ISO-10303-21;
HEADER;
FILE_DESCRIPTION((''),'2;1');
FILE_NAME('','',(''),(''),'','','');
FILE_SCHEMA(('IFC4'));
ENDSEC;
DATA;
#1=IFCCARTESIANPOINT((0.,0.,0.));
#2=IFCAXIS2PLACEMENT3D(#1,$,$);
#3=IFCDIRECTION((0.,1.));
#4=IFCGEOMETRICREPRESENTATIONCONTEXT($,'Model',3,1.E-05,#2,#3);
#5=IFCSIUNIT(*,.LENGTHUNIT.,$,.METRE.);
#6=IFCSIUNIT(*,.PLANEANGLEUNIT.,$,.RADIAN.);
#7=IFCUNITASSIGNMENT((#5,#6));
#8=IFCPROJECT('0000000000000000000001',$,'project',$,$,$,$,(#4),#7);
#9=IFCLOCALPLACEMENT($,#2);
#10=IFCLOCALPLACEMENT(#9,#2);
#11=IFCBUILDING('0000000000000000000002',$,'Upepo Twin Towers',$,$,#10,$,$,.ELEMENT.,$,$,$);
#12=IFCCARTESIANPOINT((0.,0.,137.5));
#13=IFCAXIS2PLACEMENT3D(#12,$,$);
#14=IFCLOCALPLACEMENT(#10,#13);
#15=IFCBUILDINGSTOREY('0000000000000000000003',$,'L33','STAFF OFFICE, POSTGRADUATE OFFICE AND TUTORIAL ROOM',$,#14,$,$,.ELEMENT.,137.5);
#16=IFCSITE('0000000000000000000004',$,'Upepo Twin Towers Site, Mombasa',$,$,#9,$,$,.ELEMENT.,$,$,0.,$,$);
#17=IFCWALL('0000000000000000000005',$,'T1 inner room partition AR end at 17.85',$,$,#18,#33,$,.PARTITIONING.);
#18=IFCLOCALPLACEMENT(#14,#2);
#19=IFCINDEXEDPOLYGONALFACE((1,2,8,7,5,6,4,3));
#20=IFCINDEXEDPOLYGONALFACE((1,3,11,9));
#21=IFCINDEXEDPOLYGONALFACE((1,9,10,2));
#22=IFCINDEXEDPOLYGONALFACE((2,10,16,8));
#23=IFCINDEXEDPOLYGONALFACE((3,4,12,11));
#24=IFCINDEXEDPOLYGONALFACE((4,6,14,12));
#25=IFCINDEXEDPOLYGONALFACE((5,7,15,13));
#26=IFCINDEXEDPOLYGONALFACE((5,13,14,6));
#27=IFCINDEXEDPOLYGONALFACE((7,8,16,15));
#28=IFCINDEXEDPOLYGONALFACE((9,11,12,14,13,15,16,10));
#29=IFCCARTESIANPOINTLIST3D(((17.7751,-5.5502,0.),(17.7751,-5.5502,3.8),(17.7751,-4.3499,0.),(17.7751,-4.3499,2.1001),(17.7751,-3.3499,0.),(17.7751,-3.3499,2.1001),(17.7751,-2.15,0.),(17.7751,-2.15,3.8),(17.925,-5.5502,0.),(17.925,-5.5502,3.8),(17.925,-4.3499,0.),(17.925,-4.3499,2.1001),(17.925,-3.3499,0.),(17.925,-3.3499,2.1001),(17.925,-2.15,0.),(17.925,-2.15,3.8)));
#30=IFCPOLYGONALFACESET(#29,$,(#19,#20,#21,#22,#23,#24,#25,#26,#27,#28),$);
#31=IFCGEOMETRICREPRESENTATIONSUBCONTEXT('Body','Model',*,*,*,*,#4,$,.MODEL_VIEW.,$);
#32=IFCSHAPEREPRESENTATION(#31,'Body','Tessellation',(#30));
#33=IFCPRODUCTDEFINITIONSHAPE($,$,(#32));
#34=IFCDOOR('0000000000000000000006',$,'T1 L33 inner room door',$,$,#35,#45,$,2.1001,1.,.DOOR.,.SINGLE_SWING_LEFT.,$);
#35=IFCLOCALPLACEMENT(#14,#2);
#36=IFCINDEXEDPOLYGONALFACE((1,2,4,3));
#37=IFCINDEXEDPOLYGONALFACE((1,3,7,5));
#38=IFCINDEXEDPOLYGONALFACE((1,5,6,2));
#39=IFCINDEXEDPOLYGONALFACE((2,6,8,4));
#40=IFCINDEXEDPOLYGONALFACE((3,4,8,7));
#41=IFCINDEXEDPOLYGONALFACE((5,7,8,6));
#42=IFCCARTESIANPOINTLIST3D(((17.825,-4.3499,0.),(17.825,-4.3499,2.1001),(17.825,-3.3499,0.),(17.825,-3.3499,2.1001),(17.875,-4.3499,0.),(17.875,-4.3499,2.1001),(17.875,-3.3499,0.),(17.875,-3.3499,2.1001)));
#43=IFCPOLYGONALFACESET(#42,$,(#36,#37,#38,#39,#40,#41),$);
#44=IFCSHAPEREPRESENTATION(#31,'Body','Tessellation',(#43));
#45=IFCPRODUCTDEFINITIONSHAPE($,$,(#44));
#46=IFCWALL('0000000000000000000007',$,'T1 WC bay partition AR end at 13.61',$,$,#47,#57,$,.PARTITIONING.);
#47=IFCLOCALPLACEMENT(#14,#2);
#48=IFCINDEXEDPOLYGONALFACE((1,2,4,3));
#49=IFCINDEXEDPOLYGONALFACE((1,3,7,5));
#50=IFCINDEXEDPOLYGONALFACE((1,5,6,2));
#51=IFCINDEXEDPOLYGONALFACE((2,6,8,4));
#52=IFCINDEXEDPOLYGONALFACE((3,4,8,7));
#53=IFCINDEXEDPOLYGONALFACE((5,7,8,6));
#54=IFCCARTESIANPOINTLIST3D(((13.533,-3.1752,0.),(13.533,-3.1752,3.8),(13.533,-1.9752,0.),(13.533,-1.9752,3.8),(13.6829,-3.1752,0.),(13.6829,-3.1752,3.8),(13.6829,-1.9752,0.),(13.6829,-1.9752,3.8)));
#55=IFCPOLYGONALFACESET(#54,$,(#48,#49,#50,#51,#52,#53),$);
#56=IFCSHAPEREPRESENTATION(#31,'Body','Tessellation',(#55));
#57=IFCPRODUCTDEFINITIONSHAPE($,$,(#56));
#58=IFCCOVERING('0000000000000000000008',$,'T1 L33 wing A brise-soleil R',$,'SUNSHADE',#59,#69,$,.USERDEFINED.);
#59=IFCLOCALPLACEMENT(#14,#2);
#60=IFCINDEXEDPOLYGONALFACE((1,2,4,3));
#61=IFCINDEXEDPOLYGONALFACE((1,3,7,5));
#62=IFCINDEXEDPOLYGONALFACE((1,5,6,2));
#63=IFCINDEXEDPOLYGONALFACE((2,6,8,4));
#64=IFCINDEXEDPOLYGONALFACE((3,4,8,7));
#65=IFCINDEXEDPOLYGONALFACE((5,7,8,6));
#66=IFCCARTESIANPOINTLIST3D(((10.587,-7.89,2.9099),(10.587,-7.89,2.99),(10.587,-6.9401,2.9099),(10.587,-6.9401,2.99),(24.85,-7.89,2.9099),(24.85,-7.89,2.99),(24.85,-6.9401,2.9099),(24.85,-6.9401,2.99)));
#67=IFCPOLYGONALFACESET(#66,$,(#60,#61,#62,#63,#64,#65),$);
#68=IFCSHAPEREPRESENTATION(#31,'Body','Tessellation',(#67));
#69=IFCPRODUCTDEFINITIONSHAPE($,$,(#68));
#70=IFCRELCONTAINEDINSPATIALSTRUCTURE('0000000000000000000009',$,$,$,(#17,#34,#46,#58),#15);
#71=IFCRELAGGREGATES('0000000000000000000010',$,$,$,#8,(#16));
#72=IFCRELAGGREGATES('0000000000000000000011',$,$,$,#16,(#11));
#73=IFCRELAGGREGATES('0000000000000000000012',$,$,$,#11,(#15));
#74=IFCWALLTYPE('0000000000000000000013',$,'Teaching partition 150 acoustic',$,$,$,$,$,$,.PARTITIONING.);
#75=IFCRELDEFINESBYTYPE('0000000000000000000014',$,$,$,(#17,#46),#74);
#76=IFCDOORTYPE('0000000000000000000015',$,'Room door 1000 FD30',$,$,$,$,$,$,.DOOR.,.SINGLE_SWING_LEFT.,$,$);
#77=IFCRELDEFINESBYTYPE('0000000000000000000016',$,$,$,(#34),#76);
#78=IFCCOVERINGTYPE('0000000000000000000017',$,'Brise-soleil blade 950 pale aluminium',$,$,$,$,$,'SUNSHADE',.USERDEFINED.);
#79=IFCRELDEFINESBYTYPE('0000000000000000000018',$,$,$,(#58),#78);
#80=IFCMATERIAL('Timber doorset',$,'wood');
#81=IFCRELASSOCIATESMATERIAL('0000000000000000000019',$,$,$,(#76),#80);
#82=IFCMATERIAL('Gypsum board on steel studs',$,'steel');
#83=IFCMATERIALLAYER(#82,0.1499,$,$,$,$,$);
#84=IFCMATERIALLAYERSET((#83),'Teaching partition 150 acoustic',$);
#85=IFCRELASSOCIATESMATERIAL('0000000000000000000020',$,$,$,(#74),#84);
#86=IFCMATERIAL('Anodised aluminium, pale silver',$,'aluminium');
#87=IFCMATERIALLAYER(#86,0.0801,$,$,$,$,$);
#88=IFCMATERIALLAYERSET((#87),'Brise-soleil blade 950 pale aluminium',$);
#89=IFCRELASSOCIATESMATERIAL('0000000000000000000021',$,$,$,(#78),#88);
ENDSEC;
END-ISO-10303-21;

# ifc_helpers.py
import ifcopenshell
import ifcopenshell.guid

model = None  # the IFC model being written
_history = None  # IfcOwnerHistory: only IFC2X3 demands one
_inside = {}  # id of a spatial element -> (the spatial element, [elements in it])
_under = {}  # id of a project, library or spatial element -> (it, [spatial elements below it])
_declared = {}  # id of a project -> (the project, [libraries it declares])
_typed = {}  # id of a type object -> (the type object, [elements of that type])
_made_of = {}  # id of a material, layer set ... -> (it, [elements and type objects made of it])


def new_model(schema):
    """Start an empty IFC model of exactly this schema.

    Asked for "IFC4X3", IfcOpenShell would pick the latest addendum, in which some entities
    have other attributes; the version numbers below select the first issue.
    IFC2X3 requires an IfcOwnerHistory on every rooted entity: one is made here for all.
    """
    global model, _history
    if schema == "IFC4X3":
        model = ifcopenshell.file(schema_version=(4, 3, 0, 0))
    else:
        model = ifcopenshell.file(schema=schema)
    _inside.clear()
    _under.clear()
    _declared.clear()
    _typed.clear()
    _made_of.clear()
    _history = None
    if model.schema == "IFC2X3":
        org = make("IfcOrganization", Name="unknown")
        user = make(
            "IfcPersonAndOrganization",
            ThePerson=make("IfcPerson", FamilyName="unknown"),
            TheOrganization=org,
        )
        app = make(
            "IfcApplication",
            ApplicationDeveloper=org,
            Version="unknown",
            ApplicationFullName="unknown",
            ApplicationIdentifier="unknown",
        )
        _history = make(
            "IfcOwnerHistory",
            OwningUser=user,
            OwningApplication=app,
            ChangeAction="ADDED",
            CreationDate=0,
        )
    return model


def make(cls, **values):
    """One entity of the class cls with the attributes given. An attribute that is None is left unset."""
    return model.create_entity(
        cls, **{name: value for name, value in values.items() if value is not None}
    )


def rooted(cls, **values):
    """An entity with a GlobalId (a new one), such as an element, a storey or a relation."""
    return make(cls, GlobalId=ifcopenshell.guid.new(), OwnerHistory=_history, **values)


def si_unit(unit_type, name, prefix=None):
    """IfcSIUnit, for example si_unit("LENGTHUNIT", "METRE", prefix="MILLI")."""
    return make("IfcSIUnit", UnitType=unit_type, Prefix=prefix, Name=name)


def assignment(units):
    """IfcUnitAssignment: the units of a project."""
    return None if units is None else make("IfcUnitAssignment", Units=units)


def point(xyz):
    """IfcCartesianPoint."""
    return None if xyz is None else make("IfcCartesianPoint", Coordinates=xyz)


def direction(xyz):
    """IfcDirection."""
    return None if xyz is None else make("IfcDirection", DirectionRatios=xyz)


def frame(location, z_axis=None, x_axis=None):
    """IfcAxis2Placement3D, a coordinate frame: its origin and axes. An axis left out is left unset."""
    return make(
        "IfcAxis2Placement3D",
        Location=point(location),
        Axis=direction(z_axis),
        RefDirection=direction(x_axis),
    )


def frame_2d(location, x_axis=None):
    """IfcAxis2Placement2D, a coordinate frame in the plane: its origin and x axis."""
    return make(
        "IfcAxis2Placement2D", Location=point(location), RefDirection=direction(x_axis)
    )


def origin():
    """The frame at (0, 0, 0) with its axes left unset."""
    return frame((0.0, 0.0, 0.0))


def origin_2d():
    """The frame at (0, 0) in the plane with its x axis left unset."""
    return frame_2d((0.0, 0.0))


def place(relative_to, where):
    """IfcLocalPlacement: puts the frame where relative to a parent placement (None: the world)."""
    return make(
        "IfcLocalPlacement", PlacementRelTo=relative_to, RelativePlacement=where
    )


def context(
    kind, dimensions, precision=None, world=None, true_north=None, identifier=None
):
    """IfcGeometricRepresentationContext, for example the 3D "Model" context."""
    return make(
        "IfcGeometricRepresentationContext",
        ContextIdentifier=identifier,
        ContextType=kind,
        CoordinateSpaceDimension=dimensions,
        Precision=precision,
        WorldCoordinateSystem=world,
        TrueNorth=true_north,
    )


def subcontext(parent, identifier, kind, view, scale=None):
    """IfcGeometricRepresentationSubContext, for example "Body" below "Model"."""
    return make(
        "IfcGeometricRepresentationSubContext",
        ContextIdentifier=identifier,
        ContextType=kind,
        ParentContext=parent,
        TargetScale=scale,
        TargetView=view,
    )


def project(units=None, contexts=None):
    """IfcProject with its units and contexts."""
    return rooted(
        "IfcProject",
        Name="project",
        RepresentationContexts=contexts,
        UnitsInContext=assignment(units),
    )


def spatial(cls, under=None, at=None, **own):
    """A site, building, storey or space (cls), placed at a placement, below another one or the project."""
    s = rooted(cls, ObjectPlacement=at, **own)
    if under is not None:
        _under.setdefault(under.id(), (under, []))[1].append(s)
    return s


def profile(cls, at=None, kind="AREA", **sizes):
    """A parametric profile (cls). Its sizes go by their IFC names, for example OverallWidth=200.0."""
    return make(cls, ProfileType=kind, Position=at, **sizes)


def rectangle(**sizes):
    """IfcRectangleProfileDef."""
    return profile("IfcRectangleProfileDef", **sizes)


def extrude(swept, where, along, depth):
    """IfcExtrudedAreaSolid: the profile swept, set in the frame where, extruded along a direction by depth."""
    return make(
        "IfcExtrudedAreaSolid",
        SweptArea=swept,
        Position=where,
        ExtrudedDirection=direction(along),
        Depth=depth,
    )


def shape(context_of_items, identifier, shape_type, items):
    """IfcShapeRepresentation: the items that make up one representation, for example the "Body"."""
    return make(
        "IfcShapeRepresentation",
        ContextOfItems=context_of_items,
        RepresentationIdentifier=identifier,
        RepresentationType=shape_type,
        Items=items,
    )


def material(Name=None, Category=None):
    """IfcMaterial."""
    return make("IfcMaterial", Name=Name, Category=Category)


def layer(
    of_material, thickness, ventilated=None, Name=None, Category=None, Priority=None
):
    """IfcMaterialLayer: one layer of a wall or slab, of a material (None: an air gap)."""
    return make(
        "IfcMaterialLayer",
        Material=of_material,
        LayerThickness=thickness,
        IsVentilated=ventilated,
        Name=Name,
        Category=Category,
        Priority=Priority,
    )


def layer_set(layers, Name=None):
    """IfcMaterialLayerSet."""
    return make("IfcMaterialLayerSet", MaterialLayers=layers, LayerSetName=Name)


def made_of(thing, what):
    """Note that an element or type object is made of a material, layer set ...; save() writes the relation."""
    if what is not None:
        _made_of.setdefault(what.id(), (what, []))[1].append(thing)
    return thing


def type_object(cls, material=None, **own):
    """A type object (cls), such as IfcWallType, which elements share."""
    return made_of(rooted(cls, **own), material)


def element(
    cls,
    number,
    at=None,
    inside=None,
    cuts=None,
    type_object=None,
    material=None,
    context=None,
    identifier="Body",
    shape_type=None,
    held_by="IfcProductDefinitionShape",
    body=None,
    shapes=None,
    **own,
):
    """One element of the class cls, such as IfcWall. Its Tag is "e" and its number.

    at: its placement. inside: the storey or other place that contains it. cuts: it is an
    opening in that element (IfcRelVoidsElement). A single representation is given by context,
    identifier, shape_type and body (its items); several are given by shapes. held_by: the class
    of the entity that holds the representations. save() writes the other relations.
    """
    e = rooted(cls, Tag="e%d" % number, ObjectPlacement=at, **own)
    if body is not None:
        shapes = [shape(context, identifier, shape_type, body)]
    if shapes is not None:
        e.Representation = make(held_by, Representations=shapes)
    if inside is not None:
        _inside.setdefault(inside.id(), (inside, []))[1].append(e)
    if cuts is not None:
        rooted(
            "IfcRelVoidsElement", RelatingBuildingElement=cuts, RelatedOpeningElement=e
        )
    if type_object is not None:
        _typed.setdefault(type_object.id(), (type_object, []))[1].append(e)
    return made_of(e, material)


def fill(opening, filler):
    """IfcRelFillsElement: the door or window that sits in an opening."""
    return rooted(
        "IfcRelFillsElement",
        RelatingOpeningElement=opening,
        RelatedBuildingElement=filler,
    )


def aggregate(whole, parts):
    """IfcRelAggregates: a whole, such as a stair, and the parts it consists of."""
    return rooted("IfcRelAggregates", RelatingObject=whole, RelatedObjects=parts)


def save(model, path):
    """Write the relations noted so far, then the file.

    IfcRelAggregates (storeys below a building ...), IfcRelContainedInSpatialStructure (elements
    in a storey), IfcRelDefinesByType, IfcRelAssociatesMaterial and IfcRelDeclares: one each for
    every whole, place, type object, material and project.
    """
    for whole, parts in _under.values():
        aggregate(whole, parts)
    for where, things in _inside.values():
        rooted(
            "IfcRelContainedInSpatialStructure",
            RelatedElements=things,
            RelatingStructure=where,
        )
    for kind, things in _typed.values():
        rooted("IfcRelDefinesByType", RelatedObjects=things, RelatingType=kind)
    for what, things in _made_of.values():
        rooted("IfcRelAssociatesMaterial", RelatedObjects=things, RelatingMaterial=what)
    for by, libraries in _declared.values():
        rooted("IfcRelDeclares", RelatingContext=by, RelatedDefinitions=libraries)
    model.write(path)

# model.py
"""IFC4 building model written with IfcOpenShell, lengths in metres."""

from ifc_helpers import new_model, si_unit, direction, frame, frame_2d, origin, origin_2d, place, context, subcontext, project, spatial, rectangle, extrude, material, layer, layer_set, type_object, element, fill, save


model = new_model("IFC4")

# Units and contexts
model_context = context("Model", 3, precision=1e-05, world=origin(), true_north=direction((0.0, 1.0)))
body_context = subcontext(model_context, "Body", "Model", "MODEL_VIEW")
ifc_project = project(units=[si_unit("LENGTHUNIT", "METRE"), si_unit("PLANEANGLEUNIT", "RADIAN")], contexts=[model_context])

# Site, building, storey
site_placement = place(None, origin())
site = spatial("IfcSite", under=ifc_project, at=site_placement, Name="Upepo Twin Towers Site, Mombasa", CompositionType="ELEMENT", RefElevation=0.0)
building_placement = place(site_placement, origin())
building = spatial("IfcBuilding", under=site, at=building_placement, Name="Upepo Twin Towers", CompositionType="ELEMENT")
storey_placement = place(building_placement, frame((0.0, 0.0, 137.5)))
storey = spatial("IfcBuildingStorey", under=building, at=storey_placement, Name="L33", Description="STAFF OFFICE, POSTGRADUATE OFFICE AND TUTORIAL ROOM", CompositionType="ELEMENT", Elevation=137.5)

# Shared definitions
ifc_material_1 = material(Name="Timber doorset", Category="wood")
door_type_1 = type_object("IfcDoorType", Name="Room door 1000 FD30", OperationType="SINGLE_SWING_LEFT", PredefinedType="DOOR", material=ifc_material_1)

# Shared definitions
ifc_material_2 = material(Name="Gypsum board on steel studs", Category="steel")
ifc_layer_1 = layer(ifc_material_2, 0.1499)
ifc_layer_set_1 = layer_set([ifc_layer_1], Name="Teaching partition 150 acoustic")
wall_type_1 = type_object("IfcWallType", Name="Teaching partition 150 acoustic", PredefinedType="PARTITIONING", material=ifc_layer_set_1)

# Wall, opening, door
wall_1_placement = place(storey_placement, frame((17.8501, -2.1499, 0.0), z_axis=(0.0, 0.0, 1.0), x_axis=(0.0, -1.0, 0.0)))
wall_1 = element("IfcWall", 1, at=wall_1_placement, inside=storey, type_object=wall_type_1, Name="T1 inner room partition AR end at 17.85", PredefinedType="PARTITIONING", context=body_context, shape_type="SweptSolid", body=[
    extrude(rectangle(XDim=3.4001, YDim=0.1499, at=frame_2d((1.7002, 0.0))), origin(), (0.0, 0.0, 1.0), 3.8),
])
opening_1_placement = place(wall_1_placement, frame((1.2, 0.0, 0.0)))
opening_1 = element("IfcOpeningElement", 2, at=opening_1_placement, cuts=wall_1, PredefinedType="OPENING", context=body_context, shape_type="SweptSolid", body=[
    extrude(rectangle(XDim=1.0, YDim=2.1001, at=frame_2d((0.5, 1.05))), frame((0.0, 0.085, 0.0), z_axis=(0.0, -1.0, 0.0), x_axis=(1.0, 0.0, 0.0)), (0.0, 0.0, 1.0), 0.1699),
])
door_1_placement = place(opening_1_placement, origin())
door_1 = element("IfcDoor", 3, at=door_1_placement, inside=storey, type_object=door_type_1, Name="T1 L33 inner room door", OperationType="SINGLE_SWING_LEFT", OverallHeight=2.1001, OverallWidth=1.0, PredefinedType="DOOR", context=body_context, shape_type="SweptSolid", body=[
    extrude(rectangle(XDim=1.0, YDim=2.1001, at=frame_2d((0.5, 1.05))), frame((0.0, 0.0249, 0.0), z_axis=(0.0, -1.0, 0.0), x_axis=(1.0, 0.0, 0.0)), (0.0, 0.0, 1.0), 0.05),
])
fill(opening_1, door_1)

# Wall
wall_2_placement = place(storey_placement, frame((13.6079, -1.9751, 0.0), z_axis=(0.0, 0.0, 1.0), x_axis=(0.0, -1.0, 0.0)))
element("IfcWall", 4, at=wall_2_placement, inside=storey, type_object=wall_type_1, Name="T1 WC bay partition AR end at 13.61", PredefinedType="PARTITIONING", context=body_context, shape_type="SweptSolid", body=[
    extrude(rectangle(XDim=1.2, YDim=0.1499, at=frame_2d((0.6001, 0.0))), origin(), (0.0, 0.0, 1.0), 3.8),
])

# Covering
ifc_material_3 = material(Name="Anodised aluminium, pale silver", Category="aluminium")
ifc_layer_2 = layer(ifc_material_3, 0.0801)
ifc_layer_set_2 = layer_set([ifc_layer_2], Name="Brise-soleil blade 950 pale aluminium")
covering_type = type_object("IfcCoveringType", Name="Brise-soleil blade 950 pale aluminium", ElementType="SUNSHADE", PredefinedType="USERDEFINED", material=ifc_layer_set_2)
covering_placement = place(storey_placement, frame((17.7185, -7.415, 2.9099), z_axis=(0.0, 0.0, 1.0), x_axis=(1.0, 0.0, 0.0)))
element("IfcCovering", 5, at=covering_placement, inside=storey, type_object=covering_type, Name="T1 L33 wing A brise-soleil R", ObjectType="SUNSHADE", PredefinedType="USERDEFINED", context=body_context, shape_type="SweptSolid", body=[
    extrude(rectangle(XDim=14.2629, YDim=0.95, at=origin_2d()), origin(), (0.0, 0.0, 1.0), 0.0801),
])

save(model, "model.ifc")
